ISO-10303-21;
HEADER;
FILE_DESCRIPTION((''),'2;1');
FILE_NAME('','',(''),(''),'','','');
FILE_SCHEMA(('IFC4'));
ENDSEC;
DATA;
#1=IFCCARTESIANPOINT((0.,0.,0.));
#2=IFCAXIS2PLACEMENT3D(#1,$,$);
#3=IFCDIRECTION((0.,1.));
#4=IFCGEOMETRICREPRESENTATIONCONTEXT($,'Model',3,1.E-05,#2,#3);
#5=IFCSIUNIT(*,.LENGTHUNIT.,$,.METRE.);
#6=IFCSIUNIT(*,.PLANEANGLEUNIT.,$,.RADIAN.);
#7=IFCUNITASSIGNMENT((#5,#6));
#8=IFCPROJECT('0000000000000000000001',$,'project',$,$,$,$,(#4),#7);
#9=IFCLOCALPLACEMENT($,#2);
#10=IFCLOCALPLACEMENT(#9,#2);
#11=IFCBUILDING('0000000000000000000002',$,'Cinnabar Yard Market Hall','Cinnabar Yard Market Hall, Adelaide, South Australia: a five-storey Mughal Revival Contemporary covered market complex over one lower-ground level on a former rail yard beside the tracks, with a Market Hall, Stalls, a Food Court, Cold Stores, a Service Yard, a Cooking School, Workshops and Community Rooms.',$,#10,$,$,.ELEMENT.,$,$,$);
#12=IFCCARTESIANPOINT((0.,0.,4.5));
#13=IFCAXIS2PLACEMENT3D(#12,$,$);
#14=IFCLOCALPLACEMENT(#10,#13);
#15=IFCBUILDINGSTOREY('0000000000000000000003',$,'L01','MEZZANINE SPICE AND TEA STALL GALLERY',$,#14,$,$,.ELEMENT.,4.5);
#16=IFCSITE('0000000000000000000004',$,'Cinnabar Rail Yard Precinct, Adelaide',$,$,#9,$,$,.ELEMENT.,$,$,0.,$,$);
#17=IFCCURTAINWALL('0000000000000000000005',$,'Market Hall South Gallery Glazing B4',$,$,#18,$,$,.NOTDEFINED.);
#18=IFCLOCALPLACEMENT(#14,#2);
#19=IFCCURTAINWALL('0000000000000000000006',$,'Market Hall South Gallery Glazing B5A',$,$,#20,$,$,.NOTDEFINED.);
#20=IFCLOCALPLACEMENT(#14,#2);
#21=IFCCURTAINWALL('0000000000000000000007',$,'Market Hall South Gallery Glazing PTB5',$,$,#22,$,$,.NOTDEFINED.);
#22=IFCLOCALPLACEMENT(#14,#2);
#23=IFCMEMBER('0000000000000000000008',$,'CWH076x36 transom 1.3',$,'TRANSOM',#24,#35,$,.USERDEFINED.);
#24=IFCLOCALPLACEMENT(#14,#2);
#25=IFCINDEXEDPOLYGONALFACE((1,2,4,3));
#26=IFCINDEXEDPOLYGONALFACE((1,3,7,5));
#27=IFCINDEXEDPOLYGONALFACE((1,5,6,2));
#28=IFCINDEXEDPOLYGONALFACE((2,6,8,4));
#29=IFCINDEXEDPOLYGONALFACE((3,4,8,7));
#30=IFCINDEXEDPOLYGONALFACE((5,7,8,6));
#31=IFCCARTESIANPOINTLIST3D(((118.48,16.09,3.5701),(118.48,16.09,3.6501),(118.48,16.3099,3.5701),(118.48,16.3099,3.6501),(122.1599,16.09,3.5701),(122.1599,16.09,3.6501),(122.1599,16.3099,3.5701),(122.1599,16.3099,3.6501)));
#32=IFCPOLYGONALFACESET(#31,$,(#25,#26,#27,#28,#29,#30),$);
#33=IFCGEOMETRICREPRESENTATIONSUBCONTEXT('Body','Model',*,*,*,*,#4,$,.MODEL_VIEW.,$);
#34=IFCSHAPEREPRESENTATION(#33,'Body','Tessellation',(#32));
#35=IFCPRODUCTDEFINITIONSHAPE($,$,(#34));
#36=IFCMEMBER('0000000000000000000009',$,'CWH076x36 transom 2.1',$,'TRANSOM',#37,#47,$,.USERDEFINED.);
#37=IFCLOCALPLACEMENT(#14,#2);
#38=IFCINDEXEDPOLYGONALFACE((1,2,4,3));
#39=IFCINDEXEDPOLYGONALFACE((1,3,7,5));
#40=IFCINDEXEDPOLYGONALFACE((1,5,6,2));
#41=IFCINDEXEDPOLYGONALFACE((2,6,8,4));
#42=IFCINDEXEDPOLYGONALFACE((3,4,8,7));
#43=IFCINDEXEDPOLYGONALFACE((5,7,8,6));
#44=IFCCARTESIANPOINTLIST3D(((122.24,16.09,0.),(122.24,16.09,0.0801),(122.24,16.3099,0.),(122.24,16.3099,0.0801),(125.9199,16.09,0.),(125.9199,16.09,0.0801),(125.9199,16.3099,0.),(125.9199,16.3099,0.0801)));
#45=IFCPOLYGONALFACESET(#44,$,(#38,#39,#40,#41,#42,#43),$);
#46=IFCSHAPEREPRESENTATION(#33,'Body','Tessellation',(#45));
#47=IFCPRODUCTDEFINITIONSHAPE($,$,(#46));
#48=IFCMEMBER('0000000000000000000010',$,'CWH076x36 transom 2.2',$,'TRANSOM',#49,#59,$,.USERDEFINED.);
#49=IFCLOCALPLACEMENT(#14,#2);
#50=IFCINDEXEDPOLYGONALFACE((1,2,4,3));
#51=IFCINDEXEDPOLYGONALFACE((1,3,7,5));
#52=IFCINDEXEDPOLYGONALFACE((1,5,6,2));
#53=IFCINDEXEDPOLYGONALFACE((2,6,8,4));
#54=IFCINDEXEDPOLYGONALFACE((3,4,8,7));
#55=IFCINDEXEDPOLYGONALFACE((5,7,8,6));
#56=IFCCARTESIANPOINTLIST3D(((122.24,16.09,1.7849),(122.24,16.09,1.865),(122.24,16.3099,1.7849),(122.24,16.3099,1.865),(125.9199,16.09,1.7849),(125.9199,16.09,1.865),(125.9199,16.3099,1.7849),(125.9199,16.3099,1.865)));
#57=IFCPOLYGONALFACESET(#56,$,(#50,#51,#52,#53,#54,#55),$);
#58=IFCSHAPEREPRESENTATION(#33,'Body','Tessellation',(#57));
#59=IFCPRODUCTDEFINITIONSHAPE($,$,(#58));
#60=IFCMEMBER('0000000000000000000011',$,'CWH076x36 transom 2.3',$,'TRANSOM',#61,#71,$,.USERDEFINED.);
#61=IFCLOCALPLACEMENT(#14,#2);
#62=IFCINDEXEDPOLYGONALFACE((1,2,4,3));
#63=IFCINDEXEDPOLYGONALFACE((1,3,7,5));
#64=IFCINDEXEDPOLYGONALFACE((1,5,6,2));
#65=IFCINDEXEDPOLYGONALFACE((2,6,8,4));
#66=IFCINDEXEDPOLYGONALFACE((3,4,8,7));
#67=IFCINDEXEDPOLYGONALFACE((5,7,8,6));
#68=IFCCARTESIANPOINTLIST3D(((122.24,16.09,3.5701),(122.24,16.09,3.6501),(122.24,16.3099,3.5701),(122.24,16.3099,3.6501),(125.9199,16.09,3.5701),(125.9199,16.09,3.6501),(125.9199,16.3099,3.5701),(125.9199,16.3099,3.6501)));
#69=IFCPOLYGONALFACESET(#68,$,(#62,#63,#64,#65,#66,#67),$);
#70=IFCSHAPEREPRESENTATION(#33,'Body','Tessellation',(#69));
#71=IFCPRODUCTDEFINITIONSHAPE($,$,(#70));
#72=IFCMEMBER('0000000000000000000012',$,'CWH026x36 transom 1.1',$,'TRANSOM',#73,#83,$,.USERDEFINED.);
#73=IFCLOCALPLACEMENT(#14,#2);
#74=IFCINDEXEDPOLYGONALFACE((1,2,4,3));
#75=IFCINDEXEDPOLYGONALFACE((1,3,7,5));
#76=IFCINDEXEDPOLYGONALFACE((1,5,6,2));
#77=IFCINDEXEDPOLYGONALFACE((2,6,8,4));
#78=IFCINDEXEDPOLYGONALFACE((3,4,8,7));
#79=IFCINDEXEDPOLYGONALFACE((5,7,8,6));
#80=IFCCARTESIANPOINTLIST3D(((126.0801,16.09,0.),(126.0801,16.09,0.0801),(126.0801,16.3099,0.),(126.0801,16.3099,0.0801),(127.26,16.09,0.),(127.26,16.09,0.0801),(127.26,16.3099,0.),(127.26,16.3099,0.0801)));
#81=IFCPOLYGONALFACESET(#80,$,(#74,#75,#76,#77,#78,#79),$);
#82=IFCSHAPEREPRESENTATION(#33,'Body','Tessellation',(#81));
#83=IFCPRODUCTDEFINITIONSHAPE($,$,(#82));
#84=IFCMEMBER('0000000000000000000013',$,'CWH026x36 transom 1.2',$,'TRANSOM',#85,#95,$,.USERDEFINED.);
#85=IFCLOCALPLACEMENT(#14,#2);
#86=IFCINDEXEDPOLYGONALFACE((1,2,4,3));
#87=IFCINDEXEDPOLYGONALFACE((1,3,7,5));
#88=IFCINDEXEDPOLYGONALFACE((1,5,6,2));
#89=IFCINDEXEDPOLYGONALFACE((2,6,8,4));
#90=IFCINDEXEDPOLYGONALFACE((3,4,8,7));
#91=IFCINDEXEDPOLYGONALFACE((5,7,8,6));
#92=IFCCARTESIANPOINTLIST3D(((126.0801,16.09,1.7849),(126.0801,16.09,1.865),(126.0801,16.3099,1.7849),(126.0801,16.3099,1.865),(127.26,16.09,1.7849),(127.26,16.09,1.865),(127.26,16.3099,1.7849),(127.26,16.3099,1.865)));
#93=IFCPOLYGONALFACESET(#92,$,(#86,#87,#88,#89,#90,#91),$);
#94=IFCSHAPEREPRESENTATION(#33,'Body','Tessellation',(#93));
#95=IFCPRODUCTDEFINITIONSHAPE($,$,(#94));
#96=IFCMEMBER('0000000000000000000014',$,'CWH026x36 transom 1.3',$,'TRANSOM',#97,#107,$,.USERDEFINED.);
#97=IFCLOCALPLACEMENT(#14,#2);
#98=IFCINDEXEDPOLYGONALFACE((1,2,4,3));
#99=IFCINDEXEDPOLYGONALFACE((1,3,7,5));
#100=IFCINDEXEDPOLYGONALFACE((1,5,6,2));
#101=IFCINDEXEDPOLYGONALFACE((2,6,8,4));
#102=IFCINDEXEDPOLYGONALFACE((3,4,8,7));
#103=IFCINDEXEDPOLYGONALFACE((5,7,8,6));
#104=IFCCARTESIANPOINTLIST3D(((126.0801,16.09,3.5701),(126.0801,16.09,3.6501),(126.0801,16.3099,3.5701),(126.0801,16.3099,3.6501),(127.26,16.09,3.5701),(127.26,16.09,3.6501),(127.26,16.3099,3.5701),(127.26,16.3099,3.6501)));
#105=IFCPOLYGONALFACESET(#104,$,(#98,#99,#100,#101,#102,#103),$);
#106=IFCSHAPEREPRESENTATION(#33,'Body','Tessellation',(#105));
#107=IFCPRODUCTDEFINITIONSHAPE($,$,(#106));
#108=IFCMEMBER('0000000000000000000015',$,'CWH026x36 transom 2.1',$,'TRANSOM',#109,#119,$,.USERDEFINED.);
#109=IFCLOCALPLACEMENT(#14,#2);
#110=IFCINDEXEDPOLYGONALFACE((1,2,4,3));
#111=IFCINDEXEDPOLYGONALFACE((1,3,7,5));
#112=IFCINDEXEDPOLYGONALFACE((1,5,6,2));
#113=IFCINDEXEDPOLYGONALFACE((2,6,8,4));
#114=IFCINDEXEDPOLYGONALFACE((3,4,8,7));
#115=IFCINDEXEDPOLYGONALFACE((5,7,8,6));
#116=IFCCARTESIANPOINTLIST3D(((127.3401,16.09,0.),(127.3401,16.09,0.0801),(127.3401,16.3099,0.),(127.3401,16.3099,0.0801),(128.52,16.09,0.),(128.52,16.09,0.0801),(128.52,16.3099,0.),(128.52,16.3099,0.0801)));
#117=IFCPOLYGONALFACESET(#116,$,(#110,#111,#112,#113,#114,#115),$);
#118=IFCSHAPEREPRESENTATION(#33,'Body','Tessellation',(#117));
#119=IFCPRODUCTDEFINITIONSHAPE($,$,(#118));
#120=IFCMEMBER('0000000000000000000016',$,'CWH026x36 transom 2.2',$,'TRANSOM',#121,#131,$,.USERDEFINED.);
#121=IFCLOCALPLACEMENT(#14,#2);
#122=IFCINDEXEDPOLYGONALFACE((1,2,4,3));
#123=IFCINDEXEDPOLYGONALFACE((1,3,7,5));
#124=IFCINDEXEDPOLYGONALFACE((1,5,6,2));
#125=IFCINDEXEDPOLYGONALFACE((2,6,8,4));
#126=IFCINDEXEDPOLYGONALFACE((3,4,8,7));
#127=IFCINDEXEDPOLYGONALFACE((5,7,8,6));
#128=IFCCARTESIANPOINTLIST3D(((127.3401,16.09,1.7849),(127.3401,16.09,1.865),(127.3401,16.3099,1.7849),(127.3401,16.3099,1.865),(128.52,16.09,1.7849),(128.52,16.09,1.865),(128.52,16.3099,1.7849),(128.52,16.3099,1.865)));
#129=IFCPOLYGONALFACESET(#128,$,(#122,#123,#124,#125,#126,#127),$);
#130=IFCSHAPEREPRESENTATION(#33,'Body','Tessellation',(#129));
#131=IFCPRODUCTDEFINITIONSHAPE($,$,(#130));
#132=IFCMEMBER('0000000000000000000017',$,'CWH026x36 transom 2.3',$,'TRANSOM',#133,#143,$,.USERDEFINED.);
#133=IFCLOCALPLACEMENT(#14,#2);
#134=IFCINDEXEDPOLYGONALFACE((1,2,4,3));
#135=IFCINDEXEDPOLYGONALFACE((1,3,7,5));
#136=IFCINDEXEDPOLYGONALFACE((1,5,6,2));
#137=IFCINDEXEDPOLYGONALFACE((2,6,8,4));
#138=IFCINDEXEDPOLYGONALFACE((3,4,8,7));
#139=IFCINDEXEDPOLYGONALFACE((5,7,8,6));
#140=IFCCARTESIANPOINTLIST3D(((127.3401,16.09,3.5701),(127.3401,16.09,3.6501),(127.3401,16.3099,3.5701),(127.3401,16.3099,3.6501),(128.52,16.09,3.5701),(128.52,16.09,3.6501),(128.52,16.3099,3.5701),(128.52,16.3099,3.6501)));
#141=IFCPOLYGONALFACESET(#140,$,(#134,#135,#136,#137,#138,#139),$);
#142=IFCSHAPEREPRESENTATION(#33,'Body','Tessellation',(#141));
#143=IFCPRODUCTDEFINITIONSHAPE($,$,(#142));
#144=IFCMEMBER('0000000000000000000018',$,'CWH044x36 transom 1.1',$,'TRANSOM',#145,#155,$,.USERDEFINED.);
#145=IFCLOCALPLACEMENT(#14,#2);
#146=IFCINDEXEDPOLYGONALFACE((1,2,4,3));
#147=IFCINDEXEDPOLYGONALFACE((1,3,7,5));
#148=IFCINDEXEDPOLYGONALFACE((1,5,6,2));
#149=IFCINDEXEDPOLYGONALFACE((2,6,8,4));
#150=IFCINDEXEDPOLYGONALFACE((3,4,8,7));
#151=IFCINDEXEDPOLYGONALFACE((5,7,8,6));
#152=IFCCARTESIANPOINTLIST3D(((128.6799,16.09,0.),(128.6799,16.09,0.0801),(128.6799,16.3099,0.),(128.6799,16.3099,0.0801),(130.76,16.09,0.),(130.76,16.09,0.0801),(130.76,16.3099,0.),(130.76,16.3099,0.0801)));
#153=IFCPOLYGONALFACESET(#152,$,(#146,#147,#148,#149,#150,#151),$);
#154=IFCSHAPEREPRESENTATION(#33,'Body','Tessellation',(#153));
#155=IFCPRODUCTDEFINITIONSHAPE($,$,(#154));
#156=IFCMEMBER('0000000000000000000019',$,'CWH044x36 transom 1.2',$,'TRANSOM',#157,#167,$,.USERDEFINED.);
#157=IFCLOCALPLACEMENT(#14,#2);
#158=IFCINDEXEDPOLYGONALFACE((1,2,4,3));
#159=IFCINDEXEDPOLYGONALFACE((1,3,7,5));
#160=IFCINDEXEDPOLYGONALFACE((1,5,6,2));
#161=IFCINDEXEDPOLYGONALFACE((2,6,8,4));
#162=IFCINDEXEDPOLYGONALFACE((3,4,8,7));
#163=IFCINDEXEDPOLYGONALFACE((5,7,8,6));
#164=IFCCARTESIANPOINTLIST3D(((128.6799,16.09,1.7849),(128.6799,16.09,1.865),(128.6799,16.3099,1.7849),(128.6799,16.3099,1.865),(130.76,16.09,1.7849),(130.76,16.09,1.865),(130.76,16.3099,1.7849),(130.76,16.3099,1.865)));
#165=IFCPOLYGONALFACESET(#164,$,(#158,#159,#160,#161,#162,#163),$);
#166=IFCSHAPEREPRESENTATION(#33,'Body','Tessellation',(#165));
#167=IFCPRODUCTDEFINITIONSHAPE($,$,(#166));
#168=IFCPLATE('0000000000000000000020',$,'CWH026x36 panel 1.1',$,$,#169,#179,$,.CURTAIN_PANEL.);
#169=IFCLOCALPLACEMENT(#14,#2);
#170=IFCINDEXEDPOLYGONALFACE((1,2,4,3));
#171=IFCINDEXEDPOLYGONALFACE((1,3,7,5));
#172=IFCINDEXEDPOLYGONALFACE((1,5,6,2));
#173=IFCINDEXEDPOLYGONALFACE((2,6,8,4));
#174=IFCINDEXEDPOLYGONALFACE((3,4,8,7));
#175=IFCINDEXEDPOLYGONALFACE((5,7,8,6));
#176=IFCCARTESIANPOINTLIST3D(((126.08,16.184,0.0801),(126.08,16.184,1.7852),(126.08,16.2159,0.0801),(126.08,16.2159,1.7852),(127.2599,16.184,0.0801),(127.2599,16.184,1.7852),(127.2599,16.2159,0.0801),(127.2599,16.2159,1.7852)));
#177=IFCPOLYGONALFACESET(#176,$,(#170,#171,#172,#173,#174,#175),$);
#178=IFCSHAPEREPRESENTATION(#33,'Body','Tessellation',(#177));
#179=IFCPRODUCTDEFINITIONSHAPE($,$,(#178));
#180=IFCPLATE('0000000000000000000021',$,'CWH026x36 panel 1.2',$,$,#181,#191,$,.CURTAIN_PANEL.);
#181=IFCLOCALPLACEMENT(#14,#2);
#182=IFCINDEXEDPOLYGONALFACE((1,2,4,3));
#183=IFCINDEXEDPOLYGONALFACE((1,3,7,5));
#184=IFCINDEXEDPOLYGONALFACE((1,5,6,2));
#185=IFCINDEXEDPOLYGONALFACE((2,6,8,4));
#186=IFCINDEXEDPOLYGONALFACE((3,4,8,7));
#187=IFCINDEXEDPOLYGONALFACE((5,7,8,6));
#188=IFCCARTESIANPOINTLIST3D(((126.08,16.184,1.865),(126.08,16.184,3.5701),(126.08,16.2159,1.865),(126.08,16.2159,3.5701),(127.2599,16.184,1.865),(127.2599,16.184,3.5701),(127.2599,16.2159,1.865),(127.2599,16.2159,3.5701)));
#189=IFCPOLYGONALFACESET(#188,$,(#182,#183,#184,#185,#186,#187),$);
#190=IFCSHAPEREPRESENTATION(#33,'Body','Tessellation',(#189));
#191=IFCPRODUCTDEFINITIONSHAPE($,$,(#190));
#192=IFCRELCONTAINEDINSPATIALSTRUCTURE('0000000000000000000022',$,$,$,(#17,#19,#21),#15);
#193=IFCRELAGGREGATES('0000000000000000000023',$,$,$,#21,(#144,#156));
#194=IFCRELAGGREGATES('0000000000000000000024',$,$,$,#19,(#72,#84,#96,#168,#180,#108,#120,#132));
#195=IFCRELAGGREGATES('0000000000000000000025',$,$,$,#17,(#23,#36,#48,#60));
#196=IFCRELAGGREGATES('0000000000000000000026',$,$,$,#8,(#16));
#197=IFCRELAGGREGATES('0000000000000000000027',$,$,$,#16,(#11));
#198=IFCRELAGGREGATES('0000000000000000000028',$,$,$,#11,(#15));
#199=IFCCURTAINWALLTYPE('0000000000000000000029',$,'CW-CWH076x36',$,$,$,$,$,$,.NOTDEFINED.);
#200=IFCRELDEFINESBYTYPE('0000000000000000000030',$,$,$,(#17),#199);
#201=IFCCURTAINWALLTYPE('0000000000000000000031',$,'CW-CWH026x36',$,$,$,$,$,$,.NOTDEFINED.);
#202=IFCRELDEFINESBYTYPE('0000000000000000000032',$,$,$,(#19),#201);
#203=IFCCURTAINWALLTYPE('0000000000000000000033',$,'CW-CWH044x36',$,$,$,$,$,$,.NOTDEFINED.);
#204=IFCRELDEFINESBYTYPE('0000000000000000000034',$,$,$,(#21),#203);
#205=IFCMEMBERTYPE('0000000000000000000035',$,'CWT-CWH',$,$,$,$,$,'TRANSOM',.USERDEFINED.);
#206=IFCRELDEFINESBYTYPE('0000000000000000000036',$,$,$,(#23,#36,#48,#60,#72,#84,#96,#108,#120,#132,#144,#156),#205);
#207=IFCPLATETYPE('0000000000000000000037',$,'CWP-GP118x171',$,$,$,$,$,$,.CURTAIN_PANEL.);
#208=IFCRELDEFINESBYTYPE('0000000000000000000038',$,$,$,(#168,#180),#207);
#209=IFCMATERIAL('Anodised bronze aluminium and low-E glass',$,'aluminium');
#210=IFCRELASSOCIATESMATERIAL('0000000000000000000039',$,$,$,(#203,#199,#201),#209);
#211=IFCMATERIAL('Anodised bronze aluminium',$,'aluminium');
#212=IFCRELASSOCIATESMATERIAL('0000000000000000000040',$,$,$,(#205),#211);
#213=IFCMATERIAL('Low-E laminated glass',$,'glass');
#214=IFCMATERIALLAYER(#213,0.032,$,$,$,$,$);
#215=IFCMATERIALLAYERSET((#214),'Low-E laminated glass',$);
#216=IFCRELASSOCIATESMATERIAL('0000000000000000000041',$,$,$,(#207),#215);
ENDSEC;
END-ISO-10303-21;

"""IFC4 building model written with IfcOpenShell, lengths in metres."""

from ifc_helpers import new_model, si_unit, direction, frame, origin, origin_2d_with_axis, place, context, subcontext, project, spatial, rectangle, extrude, material, layer, layer_set, material_profile, profile_set, type_object, element, aggregate, save


model = new_model("IFC4")

# Units and contexts
model_context = context("Model", 3, precision=1e-05, world=origin(), true_north=direction((0.0, 1.0)))
body_context = subcontext(model_context, "Body", "Model", "MODEL_VIEW")
ifc_project = project(units=[si_unit("LENGTHUNIT", "METRE"), si_unit("PLANEANGLEUNIT", "RADIAN")], contexts=[model_context])

# Site, building, storey
site_placement = place(None, origin())
site = spatial("IfcSite", under=ifc_project, at=site_placement, Name="Cinnabar Rail Yard Precinct, Adelaide", CompositionType="ELEMENT", RefElevation=0.0)
building_placement = place(site_placement, origin())
building = spatial("IfcBuilding", under=site, at=building_placement, Name="Cinnabar Yard Market Hall", Description="Cinnabar Yard Market Hall, Adelaide, South Australia: a five-storey Mughal Revival Contemporary covered market complex over one lower-ground level on a former rail yard beside the tracks, with a Market Hall, Stalls, a Food Court, Cold Stores, a Service Yard, a Cooking School, Workshops and Community Rooms.", CompositionType="ELEMENT")
storey_placement = place(building_placement, frame((0.0, 0.0, 4.5)))
storey = spatial("IfcBuildingStorey", under=building, at=storey_placement, Name="L01", Description="MEZZANINE SPICE AND TEA STALL GALLERY", CompositionType="ELEMENT", Elevation=4.5)

# Shared definitions
ifc_material_1 = material(Name="Anodised bronze aluminium and low-E glass", Category="aluminium")
curtain_wall_type_1 = type_object("IfcCurtainWallType", Name="CW-CWH044x36", PredefinedType="NOTDEFINED", material=ifc_material_1)
ifc_material_2 = material(Name="Anodised bronze aluminium", Category="aluminium")

# Curtain walls
curtain_wall_type_2 = type_object("IfcCurtainWallType", Name="CW-CWH076x36", PredefinedType="NOTDEFINED", material=ifc_material_1)
curtain_wall_1_placement = place(storey_placement, origin())
curtain_wall_1 = element("IfcCurtainWall", 1, at=curtain_wall_1_placement, inside=storey, type_object=curtain_wall_type_2, Name="Market Hall South Gallery Glazing B4", PredefinedType="NOTDEFINED")
curtain_wall_type_3 = type_object("IfcCurtainWallType", Name="CW-CWH026x36", PredefinedType="NOTDEFINED", material=ifc_material_1)
curtain_wall_2_placement = place(storey_placement, origin())
curtain_wall_2 = element("IfcCurtainWall", 2, at=curtain_wall_2_placement, inside=storey, type_object=curtain_wall_type_3, Name="Market Hall South Gallery Glazing B5A", PredefinedType="NOTDEFINED")

# Curtain wall
curtain_wall_3_placement = place(storey_placement, origin())
curtain_wall_3 = element("IfcCurtainWall", 3, at=curtain_wall_3_placement, inside=storey, type_object=curtain_wall_type_1, Name="Market Hall South Gallery Glazing PTB5", PredefinedType="NOTDEFINED")

# Members
ifc_material_profile_1 = material_profile(ifc_material_2, rectangle(XDim=0.22, YDim=0.0801, at=origin_2d_with_axis()), Name="TRN-CWH")
ifc_profile_set_1 = profile_set([ifc_material_profile_1], Name="Anodised bronze aluminium")
member_type_1 = type_object("IfcMemberType", Name="CWT-CWH", ElementType="TRANSOM", PredefinedType="USERDEFINED", material=ifc_profile_set_1)
member_1_placement = place(storey_placement, frame((118.48, 16.2, 3.6101), z_axis=(1.0, 0.0, 0.0), x_axis=(0.0, 1.0, 0.0)))
member_1 = element("IfcMember", 4, at=member_1_placement, type_object=member_type_1, Name="CWH076x36 transom 1.3", ObjectType="TRANSOM", PredefinedType="USERDEFINED", context=body_context, shape_type="SweptSolid", body=[
    extrude(rectangle(XDim=0.22, YDim=0.0801, at=origin_2d_with_axis()), origin(), (0.0, 0.0, 1.0), 3.6799),
])
member_2_placement = place(storey_placement, frame((122.24, 16.2, 0.04), z_axis=(1.0, 0.0, 0.0), x_axis=(0.0, 1.0, 0.0)))
member_2 = element("IfcMember", 5, at=member_2_placement, type_object=member_type_1, Name="CWH076x36 transom 2.1", ObjectType="TRANSOM", PredefinedType="USERDEFINED", context=body_context, shape_type="SweptSolid", body=[
    extrude(rectangle(XDim=0.22, YDim=0.0801, at=origin_2d_with_axis()), origin(), (0.0, 0.0, 1.0), 3.6799),
])
member_3_placement = place(storey_placement, frame((122.24, 16.2, 1.825), z_axis=(1.0, 0.0, 0.0), x_axis=(0.0, 1.0, 0.0)))
member_3 = element("IfcMember", 6, at=member_3_placement, type_object=member_type_1, Name="CWH076x36 transom 2.2", ObjectType="TRANSOM", PredefinedType="USERDEFINED", context=body_context, shape_type="SweptSolid", body=[
    extrude(rectangle(XDim=0.22, YDim=0.0801, at=origin_2d_with_axis()), origin(), (0.0, 0.0, 1.0), 3.6799),
])
member_4_placement = place(storey_placement, frame((122.24, 16.2, 3.6101), z_axis=(1.0, 0.0, 0.0), x_axis=(0.0, 1.0, 0.0)))
member_4 = element("IfcMember", 7, at=member_4_placement, type_object=member_type_1, Name="CWH076x36 transom 2.3", ObjectType="TRANSOM", PredefinedType="USERDEFINED", context=body_context, shape_type="SweptSolid", body=[
    extrude(rectangle(XDim=0.22, YDim=0.0801, at=origin_2d_with_axis()), origin(), (0.0, 0.0, 1.0), 3.6799),
])
member_5_placement = place(storey_placement, frame((126.0801, 16.2, 0.04), z_axis=(1.0, 0.0, 0.0), x_axis=(0.0, 1.0, 0.0)))
member_5 = element("IfcMember", 8, at=member_5_placement, type_object=member_type_1, Name="CWH026x36 transom 1.1", ObjectType="TRANSOM", PredefinedType="USERDEFINED", context=body_context, shape_type="SweptSolid", body=[
    extrude(rectangle(XDim=0.22, YDim=0.0801, at=origin_2d_with_axis()), origin(), (0.0, 0.0, 1.0), 1.1799),
])
member_6_placement = place(storey_placement, frame((126.0801, 16.2, 1.825), z_axis=(1.0, 0.0, 0.0), x_axis=(0.0, 1.0, 0.0)))
member_6 = element("IfcMember", 9, at=member_6_placement, type_object=member_type_1, Name="CWH026x36 transom 1.2", ObjectType="TRANSOM", PredefinedType="USERDEFINED", context=body_context, shape_type="SweptSolid", body=[
    extrude(rectangle(XDim=0.22, YDim=0.0801, at=origin_2d_with_axis()), origin(), (0.0, 0.0, 1.0), 1.1799),
])
member_7_placement = place(storey_placement, frame((126.0801, 16.2, 3.6101), z_axis=(1.0, 0.0, 0.0), x_axis=(0.0, 1.0, 0.0)))
member_7 = element("IfcMember", 10, at=member_7_placement, type_object=member_type_1, Name="CWH026x36 transom 1.3", ObjectType="TRANSOM", PredefinedType="USERDEFINED", context=body_context, shape_type="SweptSolid", body=[
    extrude(rectangle(XDim=0.22, YDim=0.0801, at=origin_2d_with_axis()), origin(), (0.0, 0.0, 1.0), 1.1799),
])
member_8_placement = place(storey_placement, frame((127.3401, 16.2, 0.04), z_axis=(1.0, 0.0, 0.0), x_axis=(0.0, 1.0, 0.0)))
member_8 = element("IfcMember", 11, at=member_8_placement, type_object=member_type_1, Name="CWH026x36 transom 2.1", ObjectType="TRANSOM", PredefinedType="USERDEFINED", context=body_context, shape_type="SweptSolid", body=[
    extrude(rectangle(XDim=0.22, YDim=0.0801, at=origin_2d_with_axis()), origin(), (0.0, 0.0, 1.0), 1.1799),
])
member_9_placement = place(storey_placement, frame((127.3401, 16.2, 1.825), z_axis=(1.0, 0.0, 0.0), x_axis=(0.0, 1.0, 0.0)))
member_9 = element("IfcMember", 12, at=member_9_placement, type_object=member_type_1, Name="CWH026x36 transom 2.2", ObjectType="TRANSOM", PredefinedType="USERDEFINED", context=body_context, shape_type="SweptSolid", body=[
    extrude(rectangle(XDim=0.22, YDim=0.0801, at=origin_2d_with_axis()), origin(), (0.0, 0.0, 1.0), 1.1799),
])
member_10_placement = place(storey_placement, frame((127.3401, 16.2, 3.6101), z_axis=(1.0, 0.0, 0.0), x_axis=(0.0, 1.0, 0.0)))
member_10 = element("IfcMember", 13, at=member_10_placement, type_object=member_type_1, Name="CWH026x36 transom 2.3", ObjectType="TRANSOM", PredefinedType="USERDEFINED", context=body_context, shape_type="SweptSolid", body=[
    extrude(rectangle(XDim=0.22, YDim=0.0801, at=origin_2d_with_axis()), origin(), (0.0, 0.0, 1.0), 1.1799),
])
member_11_placement = place(storey_placement, frame((128.6799, 16.2, 0.04), z_axis=(1.0, 0.0, 0.0), x_axis=(0.0, 1.0, 0.0)))
member_11 = element("IfcMember", 14, at=member_11_placement, type_object=member_type_1, Name="CWH044x36 transom 1.1", ObjectType="TRANSOM", PredefinedType="USERDEFINED", context=body_context, shape_type="SweptSolid", body=[
    extrude(rectangle(XDim=0.22, YDim=0.0801, at=origin_2d_with_axis()), origin(), (0.0, 0.0, 1.0), 2.0801),
])
member_12_placement = place(storey_placement, frame((128.6799, 16.2, 1.825), z_axis=(1.0, 0.0, 0.0), x_axis=(0.0, 1.0, 0.0)))
member_12 = element("IfcMember", 15, at=member_12_placement, type_object=member_type_1, Name="CWH044x36 transom 1.2", ObjectType="TRANSOM", PredefinedType="USERDEFINED", context=body_context, shape_type="SweptSolid", body=[
    extrude(rectangle(XDim=0.22, YDim=0.0801, at=origin_2d_with_axis()), origin(), (0.0, 0.0, 1.0), 2.0801),
])
aggregate(curtain_wall_3, [member_11, member_12])

# Plates
ifc_material_3 = material(Name="Low-E laminated glass", Category="glass")
ifc_layer_1 = layer(ifc_material_3, 0.032)
ifc_layer_set_1 = layer_set([ifc_layer_1], Name="Low-E laminated glass")
plate_type_1 = type_object("IfcPlateType", Name="CWP-GP118x171", PredefinedType="CURTAIN_PANEL", material=ifc_layer_set_1)
plate_1_placement = place(storey_placement, frame((126.6699, 16.2, 0.0801), z_axis=(0.0, 0.0, 1.0), x_axis=(1.0, 0.0, 0.0)))
plate_1 = element("IfcPlate", 16, at=plate_1_placement, type_object=plate_type_1, Name="CWH026x36 panel 1.1", PredefinedType="CURTAIN_PANEL", context=body_context, shape_type="SweptSolid", body=[
    extrude(rectangle(XDim=1.1799, YDim=0.032, at=origin_2d_with_axis()), origin(), (0.0, 0.0, 1.0), 1.7051),
])
plate_2_placement = place(storey_placement, frame((126.6699, 16.2, 1.865), z_axis=(0.0, 0.0, 1.0), x_axis=(1.0, 0.0, 0.0)))
plate_2 = element("IfcPlate", 17, at=plate_2_placement, type_object=plate_type_1, Name="CWH026x36 panel 1.2", PredefinedType="CURTAIN_PANEL", context=body_context, shape_type="SweptSolid", body=[
    extrude(rectangle(XDim=1.1799, YDim=0.032, at=origin_2d_with_axis()), origin(), (0.0, 0.0, 1.0), 1.7051),
])
aggregate(curtain_wall_2, [member_5, member_6, member_7, plate_1, plate_2, member_8, member_9, member_10])
aggregate(curtain_wall_1, [member_1, member_2, member_3, member_4])

save(model, "model.ifc")
